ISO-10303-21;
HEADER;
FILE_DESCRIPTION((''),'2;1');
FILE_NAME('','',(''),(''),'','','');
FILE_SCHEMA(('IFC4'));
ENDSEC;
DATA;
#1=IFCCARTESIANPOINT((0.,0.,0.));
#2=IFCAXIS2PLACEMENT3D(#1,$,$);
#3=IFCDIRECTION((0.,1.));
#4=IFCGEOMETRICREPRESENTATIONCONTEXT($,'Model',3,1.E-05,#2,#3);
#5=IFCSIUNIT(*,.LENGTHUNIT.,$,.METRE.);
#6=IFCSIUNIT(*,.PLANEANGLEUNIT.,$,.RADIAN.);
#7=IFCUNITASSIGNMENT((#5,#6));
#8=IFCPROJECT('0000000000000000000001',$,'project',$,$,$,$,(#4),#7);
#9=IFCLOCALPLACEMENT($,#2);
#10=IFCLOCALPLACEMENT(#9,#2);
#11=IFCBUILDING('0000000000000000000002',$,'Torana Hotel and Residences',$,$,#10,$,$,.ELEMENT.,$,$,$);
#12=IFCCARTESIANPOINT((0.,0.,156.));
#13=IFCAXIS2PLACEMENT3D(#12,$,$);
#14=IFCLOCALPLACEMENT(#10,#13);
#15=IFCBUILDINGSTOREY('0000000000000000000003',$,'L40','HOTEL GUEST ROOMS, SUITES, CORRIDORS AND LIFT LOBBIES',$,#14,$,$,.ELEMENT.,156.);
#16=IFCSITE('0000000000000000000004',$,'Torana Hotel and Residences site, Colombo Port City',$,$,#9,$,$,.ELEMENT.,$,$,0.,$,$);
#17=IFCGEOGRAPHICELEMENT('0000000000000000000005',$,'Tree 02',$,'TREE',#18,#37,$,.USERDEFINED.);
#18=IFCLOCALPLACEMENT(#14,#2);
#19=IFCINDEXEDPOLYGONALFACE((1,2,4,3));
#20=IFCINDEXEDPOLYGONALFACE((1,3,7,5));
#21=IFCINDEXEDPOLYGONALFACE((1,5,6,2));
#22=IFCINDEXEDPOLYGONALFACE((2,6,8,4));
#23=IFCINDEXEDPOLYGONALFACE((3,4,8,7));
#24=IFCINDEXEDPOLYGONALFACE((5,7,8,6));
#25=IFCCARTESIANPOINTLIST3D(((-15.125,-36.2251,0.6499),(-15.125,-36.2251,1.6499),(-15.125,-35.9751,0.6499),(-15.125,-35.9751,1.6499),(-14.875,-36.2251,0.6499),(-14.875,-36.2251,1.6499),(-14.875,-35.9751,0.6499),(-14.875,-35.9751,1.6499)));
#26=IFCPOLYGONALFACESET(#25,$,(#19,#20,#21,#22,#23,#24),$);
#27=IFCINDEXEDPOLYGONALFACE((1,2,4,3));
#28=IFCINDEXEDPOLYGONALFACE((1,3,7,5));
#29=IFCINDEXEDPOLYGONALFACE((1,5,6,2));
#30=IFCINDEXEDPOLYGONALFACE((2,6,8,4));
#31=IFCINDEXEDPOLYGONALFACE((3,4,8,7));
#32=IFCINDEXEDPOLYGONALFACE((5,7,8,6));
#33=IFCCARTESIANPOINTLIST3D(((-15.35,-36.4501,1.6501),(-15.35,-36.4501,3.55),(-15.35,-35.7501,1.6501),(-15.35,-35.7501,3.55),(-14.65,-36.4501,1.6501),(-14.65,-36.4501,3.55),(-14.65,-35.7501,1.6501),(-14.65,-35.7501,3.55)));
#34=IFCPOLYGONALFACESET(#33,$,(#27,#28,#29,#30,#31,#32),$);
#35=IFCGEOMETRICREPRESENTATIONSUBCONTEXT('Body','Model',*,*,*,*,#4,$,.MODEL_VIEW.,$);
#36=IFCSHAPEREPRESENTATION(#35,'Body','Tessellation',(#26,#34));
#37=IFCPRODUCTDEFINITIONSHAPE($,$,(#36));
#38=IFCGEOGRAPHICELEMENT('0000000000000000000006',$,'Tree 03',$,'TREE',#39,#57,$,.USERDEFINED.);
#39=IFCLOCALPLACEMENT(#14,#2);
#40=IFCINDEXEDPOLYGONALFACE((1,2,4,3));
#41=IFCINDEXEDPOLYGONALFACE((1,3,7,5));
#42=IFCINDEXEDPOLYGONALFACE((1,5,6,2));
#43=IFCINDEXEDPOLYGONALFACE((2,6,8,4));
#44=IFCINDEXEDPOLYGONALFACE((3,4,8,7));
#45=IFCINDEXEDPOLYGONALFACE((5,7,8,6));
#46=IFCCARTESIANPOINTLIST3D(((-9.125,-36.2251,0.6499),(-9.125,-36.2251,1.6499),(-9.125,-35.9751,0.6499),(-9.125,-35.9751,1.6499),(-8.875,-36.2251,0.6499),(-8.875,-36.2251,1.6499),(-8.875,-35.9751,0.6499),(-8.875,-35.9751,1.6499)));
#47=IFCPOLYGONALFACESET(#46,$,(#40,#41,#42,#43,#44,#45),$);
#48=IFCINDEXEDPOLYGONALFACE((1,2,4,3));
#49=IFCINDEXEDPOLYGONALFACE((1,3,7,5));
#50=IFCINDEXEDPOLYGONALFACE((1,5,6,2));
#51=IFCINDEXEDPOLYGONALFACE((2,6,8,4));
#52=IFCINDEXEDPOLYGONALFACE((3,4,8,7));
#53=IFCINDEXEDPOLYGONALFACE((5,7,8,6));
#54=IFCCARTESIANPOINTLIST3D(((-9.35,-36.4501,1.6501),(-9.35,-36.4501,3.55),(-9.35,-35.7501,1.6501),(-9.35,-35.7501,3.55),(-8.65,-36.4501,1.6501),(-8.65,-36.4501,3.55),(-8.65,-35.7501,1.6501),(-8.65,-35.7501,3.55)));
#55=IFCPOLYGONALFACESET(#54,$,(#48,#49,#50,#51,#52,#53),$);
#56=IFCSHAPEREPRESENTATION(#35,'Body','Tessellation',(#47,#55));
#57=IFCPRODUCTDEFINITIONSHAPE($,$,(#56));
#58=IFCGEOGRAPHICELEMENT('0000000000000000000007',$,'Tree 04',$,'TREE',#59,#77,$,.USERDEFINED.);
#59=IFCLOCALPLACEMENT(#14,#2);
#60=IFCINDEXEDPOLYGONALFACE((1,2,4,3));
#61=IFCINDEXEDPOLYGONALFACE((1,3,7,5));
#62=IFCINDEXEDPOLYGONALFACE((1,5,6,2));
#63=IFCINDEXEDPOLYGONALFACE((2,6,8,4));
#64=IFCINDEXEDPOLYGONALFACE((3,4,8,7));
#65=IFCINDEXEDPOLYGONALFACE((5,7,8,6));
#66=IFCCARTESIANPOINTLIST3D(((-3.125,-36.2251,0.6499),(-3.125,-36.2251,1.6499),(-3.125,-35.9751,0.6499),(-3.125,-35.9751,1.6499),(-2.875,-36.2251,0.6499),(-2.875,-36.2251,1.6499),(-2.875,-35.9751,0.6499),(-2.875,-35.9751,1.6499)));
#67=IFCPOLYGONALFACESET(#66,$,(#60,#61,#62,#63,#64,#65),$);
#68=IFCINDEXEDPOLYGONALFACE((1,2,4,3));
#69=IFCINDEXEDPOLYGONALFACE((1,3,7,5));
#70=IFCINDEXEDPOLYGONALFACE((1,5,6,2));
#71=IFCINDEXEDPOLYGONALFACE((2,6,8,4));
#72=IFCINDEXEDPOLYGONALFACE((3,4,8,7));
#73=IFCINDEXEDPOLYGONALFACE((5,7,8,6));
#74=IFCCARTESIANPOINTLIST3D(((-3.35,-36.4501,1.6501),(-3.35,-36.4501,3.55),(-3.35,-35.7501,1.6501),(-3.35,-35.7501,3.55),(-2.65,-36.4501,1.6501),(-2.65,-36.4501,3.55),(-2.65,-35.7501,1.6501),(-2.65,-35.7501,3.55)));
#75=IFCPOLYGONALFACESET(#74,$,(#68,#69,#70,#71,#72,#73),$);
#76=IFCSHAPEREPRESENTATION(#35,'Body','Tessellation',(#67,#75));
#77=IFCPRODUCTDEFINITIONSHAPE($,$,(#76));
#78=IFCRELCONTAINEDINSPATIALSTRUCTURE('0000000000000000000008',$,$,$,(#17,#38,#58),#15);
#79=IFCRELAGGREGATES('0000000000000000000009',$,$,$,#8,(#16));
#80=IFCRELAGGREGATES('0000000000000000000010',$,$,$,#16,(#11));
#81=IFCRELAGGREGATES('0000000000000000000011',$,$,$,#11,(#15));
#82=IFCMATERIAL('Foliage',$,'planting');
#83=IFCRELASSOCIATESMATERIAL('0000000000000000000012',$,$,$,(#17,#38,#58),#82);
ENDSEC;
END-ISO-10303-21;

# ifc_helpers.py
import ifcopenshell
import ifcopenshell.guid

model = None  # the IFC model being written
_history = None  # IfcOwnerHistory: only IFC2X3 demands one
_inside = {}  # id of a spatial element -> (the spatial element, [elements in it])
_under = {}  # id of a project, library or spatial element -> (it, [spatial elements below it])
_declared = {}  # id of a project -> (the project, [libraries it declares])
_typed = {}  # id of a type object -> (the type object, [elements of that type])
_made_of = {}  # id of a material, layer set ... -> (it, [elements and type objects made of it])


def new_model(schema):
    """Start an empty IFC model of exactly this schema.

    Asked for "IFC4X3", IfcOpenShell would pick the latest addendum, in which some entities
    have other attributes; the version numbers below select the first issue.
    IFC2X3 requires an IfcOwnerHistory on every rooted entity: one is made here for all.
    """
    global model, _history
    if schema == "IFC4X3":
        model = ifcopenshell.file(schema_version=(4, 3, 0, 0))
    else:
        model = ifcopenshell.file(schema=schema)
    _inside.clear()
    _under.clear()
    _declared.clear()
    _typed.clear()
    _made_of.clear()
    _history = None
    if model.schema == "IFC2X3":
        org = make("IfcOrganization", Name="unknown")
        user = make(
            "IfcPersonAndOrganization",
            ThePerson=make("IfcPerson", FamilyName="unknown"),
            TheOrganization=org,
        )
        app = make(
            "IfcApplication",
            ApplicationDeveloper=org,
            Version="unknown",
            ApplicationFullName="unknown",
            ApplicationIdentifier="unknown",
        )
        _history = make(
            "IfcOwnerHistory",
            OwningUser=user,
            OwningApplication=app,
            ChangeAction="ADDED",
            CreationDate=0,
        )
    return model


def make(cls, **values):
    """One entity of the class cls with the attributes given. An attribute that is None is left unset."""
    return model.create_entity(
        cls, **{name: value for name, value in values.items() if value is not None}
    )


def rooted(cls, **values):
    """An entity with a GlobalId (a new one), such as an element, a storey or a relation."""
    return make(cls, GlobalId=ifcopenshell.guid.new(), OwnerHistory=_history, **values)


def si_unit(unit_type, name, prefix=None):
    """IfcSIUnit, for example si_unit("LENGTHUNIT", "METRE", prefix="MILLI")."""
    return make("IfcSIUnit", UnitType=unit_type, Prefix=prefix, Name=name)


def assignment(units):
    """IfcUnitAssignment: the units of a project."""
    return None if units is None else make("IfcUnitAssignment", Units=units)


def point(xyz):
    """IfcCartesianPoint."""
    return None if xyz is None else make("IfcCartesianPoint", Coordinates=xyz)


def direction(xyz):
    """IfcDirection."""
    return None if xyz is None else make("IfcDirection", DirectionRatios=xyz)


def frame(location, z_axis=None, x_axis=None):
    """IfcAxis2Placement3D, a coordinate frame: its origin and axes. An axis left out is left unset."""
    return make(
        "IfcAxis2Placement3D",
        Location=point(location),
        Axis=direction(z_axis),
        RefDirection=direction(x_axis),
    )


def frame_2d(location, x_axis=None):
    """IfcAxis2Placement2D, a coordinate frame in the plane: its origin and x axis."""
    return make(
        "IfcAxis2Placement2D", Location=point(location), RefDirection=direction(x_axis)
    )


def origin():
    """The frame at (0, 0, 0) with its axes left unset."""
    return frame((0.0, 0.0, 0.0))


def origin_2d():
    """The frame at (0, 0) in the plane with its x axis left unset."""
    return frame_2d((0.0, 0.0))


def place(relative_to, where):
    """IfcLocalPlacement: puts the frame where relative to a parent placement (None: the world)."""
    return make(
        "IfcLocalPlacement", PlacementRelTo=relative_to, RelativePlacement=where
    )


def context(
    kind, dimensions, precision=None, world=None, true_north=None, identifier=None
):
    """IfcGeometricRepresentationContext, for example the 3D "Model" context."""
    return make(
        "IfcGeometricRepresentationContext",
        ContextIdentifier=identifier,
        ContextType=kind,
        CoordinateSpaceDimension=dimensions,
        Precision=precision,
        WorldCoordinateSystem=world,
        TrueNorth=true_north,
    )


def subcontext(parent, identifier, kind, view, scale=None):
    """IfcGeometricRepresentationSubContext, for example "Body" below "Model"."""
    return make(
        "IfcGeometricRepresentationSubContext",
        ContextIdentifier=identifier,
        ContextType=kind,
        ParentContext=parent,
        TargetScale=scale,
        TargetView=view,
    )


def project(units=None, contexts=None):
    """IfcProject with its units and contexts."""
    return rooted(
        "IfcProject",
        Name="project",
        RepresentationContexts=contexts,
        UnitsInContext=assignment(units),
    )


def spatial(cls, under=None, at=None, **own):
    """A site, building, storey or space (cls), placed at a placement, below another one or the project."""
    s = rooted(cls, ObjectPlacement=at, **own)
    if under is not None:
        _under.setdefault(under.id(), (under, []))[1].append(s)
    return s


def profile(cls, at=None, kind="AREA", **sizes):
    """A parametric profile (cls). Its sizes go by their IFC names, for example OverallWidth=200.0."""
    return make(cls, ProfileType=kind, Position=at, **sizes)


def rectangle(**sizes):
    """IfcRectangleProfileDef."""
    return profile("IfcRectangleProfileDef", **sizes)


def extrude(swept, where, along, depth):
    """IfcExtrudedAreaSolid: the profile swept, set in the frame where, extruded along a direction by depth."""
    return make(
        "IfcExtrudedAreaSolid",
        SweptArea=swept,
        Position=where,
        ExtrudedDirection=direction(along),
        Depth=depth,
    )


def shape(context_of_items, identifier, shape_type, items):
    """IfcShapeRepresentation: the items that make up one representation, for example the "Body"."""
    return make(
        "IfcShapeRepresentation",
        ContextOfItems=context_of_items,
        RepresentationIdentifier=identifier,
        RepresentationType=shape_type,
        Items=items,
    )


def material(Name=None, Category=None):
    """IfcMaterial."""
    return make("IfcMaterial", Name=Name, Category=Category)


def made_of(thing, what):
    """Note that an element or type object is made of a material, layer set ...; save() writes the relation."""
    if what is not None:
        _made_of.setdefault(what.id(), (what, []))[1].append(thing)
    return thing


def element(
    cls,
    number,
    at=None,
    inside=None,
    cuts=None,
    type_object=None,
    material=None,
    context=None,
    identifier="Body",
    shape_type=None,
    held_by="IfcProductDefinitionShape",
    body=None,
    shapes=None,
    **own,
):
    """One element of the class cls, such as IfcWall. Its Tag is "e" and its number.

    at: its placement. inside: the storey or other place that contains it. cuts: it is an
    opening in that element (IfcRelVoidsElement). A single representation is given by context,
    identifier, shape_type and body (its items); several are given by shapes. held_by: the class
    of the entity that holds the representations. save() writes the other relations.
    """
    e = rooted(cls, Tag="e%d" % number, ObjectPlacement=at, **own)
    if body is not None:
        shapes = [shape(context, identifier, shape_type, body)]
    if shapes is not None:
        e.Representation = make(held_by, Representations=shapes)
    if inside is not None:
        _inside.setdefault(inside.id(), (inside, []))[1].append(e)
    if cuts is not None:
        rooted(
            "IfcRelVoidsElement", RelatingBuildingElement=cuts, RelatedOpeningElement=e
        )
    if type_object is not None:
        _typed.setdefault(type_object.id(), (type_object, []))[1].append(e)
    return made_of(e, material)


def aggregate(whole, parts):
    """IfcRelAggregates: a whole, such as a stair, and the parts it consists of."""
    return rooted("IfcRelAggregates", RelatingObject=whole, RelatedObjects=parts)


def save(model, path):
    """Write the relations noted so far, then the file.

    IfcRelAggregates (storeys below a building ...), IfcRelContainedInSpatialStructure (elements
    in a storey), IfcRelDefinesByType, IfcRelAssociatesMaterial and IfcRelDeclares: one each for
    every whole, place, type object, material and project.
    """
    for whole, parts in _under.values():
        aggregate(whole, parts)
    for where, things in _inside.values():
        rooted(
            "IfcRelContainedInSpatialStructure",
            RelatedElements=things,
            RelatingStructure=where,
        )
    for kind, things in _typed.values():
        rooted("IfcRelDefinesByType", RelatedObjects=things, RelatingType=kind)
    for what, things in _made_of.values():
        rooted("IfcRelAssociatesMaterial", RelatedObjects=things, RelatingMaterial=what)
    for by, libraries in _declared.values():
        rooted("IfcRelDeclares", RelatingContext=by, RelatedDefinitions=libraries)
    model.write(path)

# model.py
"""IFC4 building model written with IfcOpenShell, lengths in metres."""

from ifc_helpers import new_model, si_unit, direction, frame, origin, origin_2d, place, context, subcontext, project, spatial, rectangle, extrude, material, element, save


model = new_model("IFC4")

# Units and contexts
model_context = context("Model", 3, precision=1e-05, world=origin(), true_north=direction((0.0, 1.0)))
body_context = subcontext(model_context, "Body", "Model", "MODEL_VIEW")
ifc_project = project(units=[si_unit("LENGTHUNIT", "METRE"), si_unit("PLANEANGLEUNIT", "RADIAN")], contexts=[model_context])

# Site, building, storey
site_placement = place(None, origin())
site = spatial("IfcSite", under=ifc_project, at=site_placement, Name="Torana Hotel and Residences site, Colombo Port City", CompositionType="ELEMENT", RefElevation=0.0)
building_placement = place(site_placement, origin())
building = spatial("IfcBuilding", under=site, at=building_placement, Name="Torana Hotel and Residences", CompositionType="ELEMENT")
storey_placement = place(building_placement, frame((0.0, 0.0, 156.0)))
storey = spatial("IfcBuildingStorey", under=building, at=storey_placement, Name="L40", Description="HOTEL GUEST ROOMS, SUITES, CORRIDORS AND LIFT LOBBIES", CompositionType="ELEMENT", Elevation=156.0)

# Geographic elements
ifc_material_1 = material(Name="Foliage", Category="planting")
for number, where, z_axis, x_axis, name in (
    (1, (-15.0, -36.1001, 0.6499), (0.0, 0.0, 1.0), (1.0, 0.0, 0.0), "Tree 02"),
    (2, (-9.0, -36.1001, 0.6499), (0.0, 0.0, 1.0), (1.0, 0.0, 0.0), "Tree 03"),
    (3, (-3.0, -36.1001, 0.6499), (0.0, 0.0, 1.0), (1.0, 0.0, 0.0), "Tree 04"),
):
    element("IfcGeographicElement", number, at=place(storey_placement, frame(where, z_axis=z_axis, x_axis=x_axis)), inside=storey, material=ifc_material_1, Name=name, ObjectType="TREE", PredefinedType="USERDEFINED", context=body_context, shape_type="SweptSolid", body=[
        extrude(rectangle(XDim=0.25, YDim=0.25, at=origin_2d()), origin(), (0.0, 0.0, 1.0), 1.0),
        extrude(rectangle(XDim=0.7, YDim=0.7, at=origin_2d()), frame((0.0, 0.0, 1.0002)), (0.0, 0.0, 1.0), 1.8999),
    ])

save(model, "model.ifc")
